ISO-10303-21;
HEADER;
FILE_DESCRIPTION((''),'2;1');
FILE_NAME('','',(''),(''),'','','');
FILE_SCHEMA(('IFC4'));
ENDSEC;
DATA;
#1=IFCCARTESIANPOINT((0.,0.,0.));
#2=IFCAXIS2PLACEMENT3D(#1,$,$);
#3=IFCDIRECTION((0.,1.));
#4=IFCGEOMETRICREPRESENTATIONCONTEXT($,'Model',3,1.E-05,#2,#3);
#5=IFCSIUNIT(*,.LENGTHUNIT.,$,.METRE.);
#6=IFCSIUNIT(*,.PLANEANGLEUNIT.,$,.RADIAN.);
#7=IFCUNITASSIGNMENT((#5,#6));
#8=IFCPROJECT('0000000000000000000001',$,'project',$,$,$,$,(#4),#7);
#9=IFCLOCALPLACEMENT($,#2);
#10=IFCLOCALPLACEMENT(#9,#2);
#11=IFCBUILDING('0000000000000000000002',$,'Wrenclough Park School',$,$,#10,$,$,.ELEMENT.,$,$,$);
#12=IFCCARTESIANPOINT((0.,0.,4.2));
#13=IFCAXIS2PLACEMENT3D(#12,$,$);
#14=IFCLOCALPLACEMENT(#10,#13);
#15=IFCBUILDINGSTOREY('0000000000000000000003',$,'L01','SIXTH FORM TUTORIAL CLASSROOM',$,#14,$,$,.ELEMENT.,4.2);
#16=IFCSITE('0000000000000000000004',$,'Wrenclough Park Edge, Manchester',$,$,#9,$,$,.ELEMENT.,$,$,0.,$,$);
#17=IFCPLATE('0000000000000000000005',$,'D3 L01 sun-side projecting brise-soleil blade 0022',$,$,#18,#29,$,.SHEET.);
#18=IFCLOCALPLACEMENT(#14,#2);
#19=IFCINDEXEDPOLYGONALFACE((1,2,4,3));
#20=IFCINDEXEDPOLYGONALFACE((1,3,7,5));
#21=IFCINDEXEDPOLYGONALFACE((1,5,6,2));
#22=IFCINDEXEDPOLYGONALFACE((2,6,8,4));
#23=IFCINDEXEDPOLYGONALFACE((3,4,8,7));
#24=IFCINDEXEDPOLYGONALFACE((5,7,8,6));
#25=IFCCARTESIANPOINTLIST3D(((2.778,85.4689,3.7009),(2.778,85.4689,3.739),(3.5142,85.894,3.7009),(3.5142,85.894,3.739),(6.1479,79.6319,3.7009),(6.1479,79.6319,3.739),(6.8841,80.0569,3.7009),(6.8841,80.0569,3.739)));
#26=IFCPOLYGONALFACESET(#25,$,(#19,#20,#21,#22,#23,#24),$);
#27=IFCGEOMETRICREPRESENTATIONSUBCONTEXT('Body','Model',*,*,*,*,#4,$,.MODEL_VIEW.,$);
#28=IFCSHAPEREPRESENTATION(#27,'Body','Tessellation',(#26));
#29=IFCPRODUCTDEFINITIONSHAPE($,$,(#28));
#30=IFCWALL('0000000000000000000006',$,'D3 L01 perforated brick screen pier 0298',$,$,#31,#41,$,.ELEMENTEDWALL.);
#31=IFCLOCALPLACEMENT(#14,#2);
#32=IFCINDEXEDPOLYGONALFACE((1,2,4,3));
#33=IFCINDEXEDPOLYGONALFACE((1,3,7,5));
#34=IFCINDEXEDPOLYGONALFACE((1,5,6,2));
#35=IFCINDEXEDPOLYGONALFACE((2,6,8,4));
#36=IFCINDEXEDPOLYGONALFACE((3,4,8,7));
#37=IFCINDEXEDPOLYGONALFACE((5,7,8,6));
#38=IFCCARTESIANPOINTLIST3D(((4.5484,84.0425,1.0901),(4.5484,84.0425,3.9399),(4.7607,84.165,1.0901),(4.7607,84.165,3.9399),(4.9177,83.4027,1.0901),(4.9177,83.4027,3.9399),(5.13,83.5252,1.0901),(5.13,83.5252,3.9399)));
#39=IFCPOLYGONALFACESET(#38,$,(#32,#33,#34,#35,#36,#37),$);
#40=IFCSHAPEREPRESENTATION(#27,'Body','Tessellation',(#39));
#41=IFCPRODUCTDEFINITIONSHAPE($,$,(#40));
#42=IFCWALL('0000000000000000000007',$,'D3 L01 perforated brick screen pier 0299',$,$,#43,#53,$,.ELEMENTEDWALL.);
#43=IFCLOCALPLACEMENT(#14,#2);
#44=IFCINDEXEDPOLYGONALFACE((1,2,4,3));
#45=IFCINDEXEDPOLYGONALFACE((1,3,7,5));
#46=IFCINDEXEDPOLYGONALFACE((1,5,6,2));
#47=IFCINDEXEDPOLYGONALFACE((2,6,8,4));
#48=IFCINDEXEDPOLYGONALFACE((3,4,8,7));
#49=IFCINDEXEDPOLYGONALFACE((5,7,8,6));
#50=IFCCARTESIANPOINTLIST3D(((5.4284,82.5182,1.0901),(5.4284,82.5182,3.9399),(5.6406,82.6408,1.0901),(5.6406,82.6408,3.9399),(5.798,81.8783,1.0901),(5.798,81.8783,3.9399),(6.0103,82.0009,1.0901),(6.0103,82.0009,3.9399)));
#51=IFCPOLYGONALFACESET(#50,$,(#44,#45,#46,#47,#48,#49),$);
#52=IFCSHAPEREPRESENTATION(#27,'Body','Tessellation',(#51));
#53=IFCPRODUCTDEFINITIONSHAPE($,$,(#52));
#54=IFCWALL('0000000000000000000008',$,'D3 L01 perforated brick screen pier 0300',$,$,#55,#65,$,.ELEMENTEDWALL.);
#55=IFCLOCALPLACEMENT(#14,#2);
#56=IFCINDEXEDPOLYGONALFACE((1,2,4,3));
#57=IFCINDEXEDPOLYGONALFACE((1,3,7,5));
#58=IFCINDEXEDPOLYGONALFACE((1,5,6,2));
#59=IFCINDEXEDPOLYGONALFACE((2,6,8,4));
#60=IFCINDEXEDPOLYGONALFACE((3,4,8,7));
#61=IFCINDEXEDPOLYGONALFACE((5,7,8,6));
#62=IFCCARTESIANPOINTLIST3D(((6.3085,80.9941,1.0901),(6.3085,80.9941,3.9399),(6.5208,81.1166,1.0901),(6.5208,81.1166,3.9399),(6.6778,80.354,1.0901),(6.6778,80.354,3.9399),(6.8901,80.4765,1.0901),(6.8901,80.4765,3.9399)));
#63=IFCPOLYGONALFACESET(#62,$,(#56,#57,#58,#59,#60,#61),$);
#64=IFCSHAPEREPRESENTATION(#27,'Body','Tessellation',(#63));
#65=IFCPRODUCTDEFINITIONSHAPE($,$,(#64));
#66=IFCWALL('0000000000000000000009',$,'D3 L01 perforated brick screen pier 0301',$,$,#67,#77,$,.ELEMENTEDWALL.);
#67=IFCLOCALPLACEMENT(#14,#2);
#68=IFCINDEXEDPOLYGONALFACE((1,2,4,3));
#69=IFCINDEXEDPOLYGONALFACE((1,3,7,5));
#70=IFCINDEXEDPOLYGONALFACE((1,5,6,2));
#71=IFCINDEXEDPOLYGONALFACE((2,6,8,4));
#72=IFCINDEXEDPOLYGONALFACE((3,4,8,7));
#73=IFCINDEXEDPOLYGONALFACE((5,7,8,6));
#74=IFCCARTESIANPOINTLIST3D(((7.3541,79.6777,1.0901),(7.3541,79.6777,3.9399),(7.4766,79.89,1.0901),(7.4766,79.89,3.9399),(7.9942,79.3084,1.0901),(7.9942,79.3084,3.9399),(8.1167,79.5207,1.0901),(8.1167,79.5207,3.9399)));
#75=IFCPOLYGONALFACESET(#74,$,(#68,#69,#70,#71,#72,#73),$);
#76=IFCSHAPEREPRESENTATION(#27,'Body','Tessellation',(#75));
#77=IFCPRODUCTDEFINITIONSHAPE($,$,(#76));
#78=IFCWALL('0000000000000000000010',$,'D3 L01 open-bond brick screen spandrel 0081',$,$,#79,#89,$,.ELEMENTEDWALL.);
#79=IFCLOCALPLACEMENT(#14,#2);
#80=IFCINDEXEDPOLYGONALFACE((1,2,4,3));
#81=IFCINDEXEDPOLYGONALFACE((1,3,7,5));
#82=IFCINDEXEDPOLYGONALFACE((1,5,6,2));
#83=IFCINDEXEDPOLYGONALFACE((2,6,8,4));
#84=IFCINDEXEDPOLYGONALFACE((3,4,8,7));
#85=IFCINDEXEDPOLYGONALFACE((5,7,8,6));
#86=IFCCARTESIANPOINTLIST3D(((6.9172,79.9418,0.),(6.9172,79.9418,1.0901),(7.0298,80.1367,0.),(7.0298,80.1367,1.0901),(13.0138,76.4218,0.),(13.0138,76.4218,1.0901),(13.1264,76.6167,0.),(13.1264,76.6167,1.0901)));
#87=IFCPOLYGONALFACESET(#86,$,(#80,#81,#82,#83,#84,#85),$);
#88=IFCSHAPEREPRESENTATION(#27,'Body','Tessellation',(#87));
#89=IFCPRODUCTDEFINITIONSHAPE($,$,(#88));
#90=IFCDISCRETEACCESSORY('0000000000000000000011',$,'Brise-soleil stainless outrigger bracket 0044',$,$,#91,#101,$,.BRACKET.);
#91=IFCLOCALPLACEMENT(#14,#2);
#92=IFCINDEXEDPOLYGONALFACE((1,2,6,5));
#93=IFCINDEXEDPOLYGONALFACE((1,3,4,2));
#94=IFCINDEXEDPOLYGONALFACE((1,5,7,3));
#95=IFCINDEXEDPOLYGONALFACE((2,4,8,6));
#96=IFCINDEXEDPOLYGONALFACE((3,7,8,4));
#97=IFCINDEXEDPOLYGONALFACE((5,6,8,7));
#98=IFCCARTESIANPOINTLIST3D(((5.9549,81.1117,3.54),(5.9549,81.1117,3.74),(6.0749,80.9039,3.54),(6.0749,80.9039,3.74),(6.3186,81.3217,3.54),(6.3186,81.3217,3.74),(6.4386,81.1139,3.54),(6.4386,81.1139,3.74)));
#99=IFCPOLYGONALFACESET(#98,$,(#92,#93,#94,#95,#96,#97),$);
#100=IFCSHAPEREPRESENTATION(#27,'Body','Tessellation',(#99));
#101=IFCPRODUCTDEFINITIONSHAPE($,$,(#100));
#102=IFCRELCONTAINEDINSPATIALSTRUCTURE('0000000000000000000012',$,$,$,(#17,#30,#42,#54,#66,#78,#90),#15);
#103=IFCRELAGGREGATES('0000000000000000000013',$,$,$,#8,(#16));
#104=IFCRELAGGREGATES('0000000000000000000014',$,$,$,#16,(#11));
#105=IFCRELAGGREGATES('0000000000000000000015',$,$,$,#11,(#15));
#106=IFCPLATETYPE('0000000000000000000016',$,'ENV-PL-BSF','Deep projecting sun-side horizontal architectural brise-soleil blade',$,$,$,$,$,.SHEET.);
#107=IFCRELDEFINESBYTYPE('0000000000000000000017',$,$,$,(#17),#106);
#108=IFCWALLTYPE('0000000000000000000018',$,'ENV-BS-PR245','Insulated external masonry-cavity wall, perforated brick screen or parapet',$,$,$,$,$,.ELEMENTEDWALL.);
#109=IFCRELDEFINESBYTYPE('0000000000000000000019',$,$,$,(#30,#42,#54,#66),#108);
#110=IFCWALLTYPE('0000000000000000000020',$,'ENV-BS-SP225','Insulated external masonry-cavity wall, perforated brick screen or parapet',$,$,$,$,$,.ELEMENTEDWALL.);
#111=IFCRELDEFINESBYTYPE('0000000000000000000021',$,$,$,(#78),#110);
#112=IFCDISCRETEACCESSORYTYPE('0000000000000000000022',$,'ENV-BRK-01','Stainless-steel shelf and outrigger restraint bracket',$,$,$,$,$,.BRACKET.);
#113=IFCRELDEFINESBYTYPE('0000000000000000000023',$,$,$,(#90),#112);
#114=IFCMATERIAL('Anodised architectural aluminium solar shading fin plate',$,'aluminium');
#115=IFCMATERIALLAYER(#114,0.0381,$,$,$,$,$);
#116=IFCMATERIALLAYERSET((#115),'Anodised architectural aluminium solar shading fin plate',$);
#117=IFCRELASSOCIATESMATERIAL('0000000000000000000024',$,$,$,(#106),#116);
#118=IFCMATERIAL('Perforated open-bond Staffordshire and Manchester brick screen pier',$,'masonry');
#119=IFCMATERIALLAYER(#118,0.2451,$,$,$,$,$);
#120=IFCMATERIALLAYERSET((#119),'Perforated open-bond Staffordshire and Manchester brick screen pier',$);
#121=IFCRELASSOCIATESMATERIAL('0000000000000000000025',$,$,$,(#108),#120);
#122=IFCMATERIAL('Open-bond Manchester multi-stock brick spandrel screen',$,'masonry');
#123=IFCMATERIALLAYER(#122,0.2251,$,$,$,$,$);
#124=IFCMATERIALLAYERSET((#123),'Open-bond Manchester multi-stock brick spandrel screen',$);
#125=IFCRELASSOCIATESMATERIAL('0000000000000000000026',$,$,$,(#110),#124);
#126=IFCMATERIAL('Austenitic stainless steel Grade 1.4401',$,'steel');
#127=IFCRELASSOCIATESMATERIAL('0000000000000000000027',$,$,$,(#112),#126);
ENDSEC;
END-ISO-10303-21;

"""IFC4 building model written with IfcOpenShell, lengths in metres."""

from ifc_helpers import new_model, si_unit, direction, frame, frame_2d, origin, origin_2d, place, context, subcontext, project, spatial, rectangle, extrude, material, layer, layer_set, type_object, element, save


model = new_model("IFC4")

# Units and contexts
model_context = context("Model", 3, precision=1e-05, world=origin(), true_north=direction((0.0, 1.0)))
body_context = subcontext(model_context, "Body", "Model", "MODEL_VIEW")
ifc_project = project(units=[si_unit("LENGTHUNIT", "METRE"), si_unit("PLANEANGLEUNIT", "RADIAN")], contexts=[model_context])

# Site, building, storey
site_placement = place(None, origin())
site = spatial("IfcSite", under=ifc_project, at=site_placement, Name="Wrenclough Park Edge, Manchester", CompositionType="ELEMENT", RefElevation=0.0)
building_placement = place(site_placement, origin())
building = spatial("IfcBuilding", under=site, at=building_placement, Name="Wrenclough Park School", CompositionType="ELEMENT")
storey_placement = place(building_placement, frame((0.0, 0.0, 4.2)))
storey = spatial("IfcBuildingStorey", under=building, at=storey_placement, Name="L01", Description="SIXTH FORM TUTORIAL CLASSROOM", CompositionType="ELEMENT", Elevation=4.2)

# Plate
ifc_material_1 = material(Name="Anodised architectural aluminium solar shading fin plate", Category="aluminium")
ifc_layer_1 = layer(ifc_material_1, 0.0381)
ifc_layer_set_1 = layer_set([ifc_layer_1], Name="Anodised architectural aluminium solar shading fin plate")
plate_type_1 = type_object("IfcPlateType", Name="ENV-PL-BSF", Description="Deep projecting sun-side horizontal architectural brise-soleil blade", PredefinedType="SHEET", material=ifc_layer_set_1)
plate_1_placement = place(storey_placement, frame((4.8311, 82.7629, 3.7009), z_axis=(0.0, 0.0, 1.0), x_axis=(0.499991, -0.866031, 0.0)))
element("IfcPlate", 1, at=plate_1_placement, inside=storey, type_object=plate_type_1, Name="D3 L01 sun-side projecting brise-soleil blade 0022", PredefinedType="SHEET", context=body_context, shape_type="SweptSolid", body=[
    extrude(rectangle(XDim=6.74, YDim=0.8501, at=origin_2d()), origin(), (0.0, 0.0, 1.0), 0.0381),
])

# Walls
ifc_material_2 = material(Name="Perforated open-bond Staffordshire and Manchester brick screen pier", Category="masonry")
ifc_layer_2 = layer(ifc_material_2, 0.2451)
ifc_layer_set_2 = layer_set([ifc_layer_2], Name="Perforated open-bond Staffordshire and Manchester brick screen pier")
wall_type_1 = type_object("IfcWallType", Name="ENV-BS-PR245", Description="Insulated external masonry-cavity wall, perforated brick screen or parapet", PredefinedType="ELEMENTEDWALL", material=ifc_layer_set_2)
wall_1_placement = place(storey_placement, frame((4.6545, 84.1038, 1.0901), z_axis=(0.0, 0.0, 1.0), x_axis=(0.499942, -0.866059, 0.0)))
element("IfcWall", 2, at=wall_1_placement, inside=storey, type_object=wall_type_1, Name="D3 L01 perforated brick screen pier 0298", PredefinedType="ELEMENTEDWALL", context=body_context, shape_type="SweptSolid", body=[
    extrude(rectangle(XDim=0.7388, YDim=0.2451, at=frame_2d((0.3694, 0.0))), origin(), (0.0, 0.0, 1.0), 2.8499),
])
for number, where, z_axis, x_axis, name in (
    (3, (5.5344, 82.5796, 1.0901), (0.0, 0.0, 1.0), (0.50019, -0.865916, 0.0), "D3 L01 perforated brick screen pier 0299"),
    (4, (6.4146, 81.0554, 1.0901), (0.0, 0.0, 1.0), (0.499799, -0.866142, 0.0), "D3 L01 perforated brick screen pier 0300"),
    (5, (7.4153, 79.7839, 1.0901), (0.0, 0.0, 1.0), (0.866142, -0.499799, 0.0), "D3 L01 perforated brick screen pier 0301"),
):
    element("IfcWall", number, at=place(storey_placement, frame(where, z_axis=z_axis, x_axis=x_axis)), inside=storey, type_object=wall_type_1, Name=name, PredefinedType="ELEMENTEDWALL", context=body_context, shape_type="SweptSolid", body=[
        extrude(rectangle(XDim=0.739, YDim=0.2451, at=frame_2d((0.3696, 0.0))), origin(), (0.0, 0.0, 1.0), 2.8499),
    ])
ifc_material_3 = material(Name="Open-bond Manchester multi-stock brick spandrel screen", Category="masonry")
ifc_layer_3 = layer(ifc_material_3, 0.2251)
ifc_layer_set_3 = layer_set([ifc_layer_3], Name="Open-bond Manchester multi-stock brick spandrel screen")
wall_type_2 = type_object("IfcWallType", Name="ENV-BS-SP225", Description="Insulated external masonry-cavity wall, perforated brick screen or parapet", PredefinedType="ELEMENTEDWALL", material=ifc_layer_set_3)
wall_2_placement = place(storey_placement, frame((6.9734, 80.0393, 0.0), z_axis=(0.0, 0.0, 1.0), x_axis=(0.866019, -0.500011, 0.0)))
element("IfcWall", 6, at=wall_2_placement, inside=storey, type_object=wall_type_2, Name="D3 L01 open-bond brick screen spandrel 0081", PredefinedType="ELEMENTEDWALL", context=body_context, shape_type="SweptSolid", body=[
    extrude(rectangle(XDim=7.0398, YDim=0.2251, at=frame_2d((3.52, 0.0))), origin(), (0.0, 0.0, 1.0), 1.0901),
])

# Discrete accessory
ifc_material_4 = material(Name="Austenitic stainless steel Grade 1.4401", Category="steel")
discrete_accessory_type = type_object("IfcDiscreteAccessoryType", Name="ENV-BRK-01", Description="Stainless-steel shelf and outrigger restraint bracket", PredefinedType="BRACKET", material=ifc_material_4)
discrete_accessory_placement = place(storey_placement, frame((6.1968, 81.1128, 3.54), z_axis=(0.0, 0.0, 1.0), x_axis=(0.499991, -0.866031, 0.0)))
element("IfcDiscreteAccessory", 7, at=discrete_accessory_placement, inside=storey, type_object=discrete_accessory_type, Name="Brise-soleil stainless outrigger bracket 0044", PredefinedType="BRACKET", context=body_context, shape_type="SweptSolid", body=[
    extrude(rectangle(XDim=0.24, YDim=0.4199, at=origin_2d()), origin(), (0.0, 0.0, 1.0), 0.2),
])

save(model, "model.ifc")
